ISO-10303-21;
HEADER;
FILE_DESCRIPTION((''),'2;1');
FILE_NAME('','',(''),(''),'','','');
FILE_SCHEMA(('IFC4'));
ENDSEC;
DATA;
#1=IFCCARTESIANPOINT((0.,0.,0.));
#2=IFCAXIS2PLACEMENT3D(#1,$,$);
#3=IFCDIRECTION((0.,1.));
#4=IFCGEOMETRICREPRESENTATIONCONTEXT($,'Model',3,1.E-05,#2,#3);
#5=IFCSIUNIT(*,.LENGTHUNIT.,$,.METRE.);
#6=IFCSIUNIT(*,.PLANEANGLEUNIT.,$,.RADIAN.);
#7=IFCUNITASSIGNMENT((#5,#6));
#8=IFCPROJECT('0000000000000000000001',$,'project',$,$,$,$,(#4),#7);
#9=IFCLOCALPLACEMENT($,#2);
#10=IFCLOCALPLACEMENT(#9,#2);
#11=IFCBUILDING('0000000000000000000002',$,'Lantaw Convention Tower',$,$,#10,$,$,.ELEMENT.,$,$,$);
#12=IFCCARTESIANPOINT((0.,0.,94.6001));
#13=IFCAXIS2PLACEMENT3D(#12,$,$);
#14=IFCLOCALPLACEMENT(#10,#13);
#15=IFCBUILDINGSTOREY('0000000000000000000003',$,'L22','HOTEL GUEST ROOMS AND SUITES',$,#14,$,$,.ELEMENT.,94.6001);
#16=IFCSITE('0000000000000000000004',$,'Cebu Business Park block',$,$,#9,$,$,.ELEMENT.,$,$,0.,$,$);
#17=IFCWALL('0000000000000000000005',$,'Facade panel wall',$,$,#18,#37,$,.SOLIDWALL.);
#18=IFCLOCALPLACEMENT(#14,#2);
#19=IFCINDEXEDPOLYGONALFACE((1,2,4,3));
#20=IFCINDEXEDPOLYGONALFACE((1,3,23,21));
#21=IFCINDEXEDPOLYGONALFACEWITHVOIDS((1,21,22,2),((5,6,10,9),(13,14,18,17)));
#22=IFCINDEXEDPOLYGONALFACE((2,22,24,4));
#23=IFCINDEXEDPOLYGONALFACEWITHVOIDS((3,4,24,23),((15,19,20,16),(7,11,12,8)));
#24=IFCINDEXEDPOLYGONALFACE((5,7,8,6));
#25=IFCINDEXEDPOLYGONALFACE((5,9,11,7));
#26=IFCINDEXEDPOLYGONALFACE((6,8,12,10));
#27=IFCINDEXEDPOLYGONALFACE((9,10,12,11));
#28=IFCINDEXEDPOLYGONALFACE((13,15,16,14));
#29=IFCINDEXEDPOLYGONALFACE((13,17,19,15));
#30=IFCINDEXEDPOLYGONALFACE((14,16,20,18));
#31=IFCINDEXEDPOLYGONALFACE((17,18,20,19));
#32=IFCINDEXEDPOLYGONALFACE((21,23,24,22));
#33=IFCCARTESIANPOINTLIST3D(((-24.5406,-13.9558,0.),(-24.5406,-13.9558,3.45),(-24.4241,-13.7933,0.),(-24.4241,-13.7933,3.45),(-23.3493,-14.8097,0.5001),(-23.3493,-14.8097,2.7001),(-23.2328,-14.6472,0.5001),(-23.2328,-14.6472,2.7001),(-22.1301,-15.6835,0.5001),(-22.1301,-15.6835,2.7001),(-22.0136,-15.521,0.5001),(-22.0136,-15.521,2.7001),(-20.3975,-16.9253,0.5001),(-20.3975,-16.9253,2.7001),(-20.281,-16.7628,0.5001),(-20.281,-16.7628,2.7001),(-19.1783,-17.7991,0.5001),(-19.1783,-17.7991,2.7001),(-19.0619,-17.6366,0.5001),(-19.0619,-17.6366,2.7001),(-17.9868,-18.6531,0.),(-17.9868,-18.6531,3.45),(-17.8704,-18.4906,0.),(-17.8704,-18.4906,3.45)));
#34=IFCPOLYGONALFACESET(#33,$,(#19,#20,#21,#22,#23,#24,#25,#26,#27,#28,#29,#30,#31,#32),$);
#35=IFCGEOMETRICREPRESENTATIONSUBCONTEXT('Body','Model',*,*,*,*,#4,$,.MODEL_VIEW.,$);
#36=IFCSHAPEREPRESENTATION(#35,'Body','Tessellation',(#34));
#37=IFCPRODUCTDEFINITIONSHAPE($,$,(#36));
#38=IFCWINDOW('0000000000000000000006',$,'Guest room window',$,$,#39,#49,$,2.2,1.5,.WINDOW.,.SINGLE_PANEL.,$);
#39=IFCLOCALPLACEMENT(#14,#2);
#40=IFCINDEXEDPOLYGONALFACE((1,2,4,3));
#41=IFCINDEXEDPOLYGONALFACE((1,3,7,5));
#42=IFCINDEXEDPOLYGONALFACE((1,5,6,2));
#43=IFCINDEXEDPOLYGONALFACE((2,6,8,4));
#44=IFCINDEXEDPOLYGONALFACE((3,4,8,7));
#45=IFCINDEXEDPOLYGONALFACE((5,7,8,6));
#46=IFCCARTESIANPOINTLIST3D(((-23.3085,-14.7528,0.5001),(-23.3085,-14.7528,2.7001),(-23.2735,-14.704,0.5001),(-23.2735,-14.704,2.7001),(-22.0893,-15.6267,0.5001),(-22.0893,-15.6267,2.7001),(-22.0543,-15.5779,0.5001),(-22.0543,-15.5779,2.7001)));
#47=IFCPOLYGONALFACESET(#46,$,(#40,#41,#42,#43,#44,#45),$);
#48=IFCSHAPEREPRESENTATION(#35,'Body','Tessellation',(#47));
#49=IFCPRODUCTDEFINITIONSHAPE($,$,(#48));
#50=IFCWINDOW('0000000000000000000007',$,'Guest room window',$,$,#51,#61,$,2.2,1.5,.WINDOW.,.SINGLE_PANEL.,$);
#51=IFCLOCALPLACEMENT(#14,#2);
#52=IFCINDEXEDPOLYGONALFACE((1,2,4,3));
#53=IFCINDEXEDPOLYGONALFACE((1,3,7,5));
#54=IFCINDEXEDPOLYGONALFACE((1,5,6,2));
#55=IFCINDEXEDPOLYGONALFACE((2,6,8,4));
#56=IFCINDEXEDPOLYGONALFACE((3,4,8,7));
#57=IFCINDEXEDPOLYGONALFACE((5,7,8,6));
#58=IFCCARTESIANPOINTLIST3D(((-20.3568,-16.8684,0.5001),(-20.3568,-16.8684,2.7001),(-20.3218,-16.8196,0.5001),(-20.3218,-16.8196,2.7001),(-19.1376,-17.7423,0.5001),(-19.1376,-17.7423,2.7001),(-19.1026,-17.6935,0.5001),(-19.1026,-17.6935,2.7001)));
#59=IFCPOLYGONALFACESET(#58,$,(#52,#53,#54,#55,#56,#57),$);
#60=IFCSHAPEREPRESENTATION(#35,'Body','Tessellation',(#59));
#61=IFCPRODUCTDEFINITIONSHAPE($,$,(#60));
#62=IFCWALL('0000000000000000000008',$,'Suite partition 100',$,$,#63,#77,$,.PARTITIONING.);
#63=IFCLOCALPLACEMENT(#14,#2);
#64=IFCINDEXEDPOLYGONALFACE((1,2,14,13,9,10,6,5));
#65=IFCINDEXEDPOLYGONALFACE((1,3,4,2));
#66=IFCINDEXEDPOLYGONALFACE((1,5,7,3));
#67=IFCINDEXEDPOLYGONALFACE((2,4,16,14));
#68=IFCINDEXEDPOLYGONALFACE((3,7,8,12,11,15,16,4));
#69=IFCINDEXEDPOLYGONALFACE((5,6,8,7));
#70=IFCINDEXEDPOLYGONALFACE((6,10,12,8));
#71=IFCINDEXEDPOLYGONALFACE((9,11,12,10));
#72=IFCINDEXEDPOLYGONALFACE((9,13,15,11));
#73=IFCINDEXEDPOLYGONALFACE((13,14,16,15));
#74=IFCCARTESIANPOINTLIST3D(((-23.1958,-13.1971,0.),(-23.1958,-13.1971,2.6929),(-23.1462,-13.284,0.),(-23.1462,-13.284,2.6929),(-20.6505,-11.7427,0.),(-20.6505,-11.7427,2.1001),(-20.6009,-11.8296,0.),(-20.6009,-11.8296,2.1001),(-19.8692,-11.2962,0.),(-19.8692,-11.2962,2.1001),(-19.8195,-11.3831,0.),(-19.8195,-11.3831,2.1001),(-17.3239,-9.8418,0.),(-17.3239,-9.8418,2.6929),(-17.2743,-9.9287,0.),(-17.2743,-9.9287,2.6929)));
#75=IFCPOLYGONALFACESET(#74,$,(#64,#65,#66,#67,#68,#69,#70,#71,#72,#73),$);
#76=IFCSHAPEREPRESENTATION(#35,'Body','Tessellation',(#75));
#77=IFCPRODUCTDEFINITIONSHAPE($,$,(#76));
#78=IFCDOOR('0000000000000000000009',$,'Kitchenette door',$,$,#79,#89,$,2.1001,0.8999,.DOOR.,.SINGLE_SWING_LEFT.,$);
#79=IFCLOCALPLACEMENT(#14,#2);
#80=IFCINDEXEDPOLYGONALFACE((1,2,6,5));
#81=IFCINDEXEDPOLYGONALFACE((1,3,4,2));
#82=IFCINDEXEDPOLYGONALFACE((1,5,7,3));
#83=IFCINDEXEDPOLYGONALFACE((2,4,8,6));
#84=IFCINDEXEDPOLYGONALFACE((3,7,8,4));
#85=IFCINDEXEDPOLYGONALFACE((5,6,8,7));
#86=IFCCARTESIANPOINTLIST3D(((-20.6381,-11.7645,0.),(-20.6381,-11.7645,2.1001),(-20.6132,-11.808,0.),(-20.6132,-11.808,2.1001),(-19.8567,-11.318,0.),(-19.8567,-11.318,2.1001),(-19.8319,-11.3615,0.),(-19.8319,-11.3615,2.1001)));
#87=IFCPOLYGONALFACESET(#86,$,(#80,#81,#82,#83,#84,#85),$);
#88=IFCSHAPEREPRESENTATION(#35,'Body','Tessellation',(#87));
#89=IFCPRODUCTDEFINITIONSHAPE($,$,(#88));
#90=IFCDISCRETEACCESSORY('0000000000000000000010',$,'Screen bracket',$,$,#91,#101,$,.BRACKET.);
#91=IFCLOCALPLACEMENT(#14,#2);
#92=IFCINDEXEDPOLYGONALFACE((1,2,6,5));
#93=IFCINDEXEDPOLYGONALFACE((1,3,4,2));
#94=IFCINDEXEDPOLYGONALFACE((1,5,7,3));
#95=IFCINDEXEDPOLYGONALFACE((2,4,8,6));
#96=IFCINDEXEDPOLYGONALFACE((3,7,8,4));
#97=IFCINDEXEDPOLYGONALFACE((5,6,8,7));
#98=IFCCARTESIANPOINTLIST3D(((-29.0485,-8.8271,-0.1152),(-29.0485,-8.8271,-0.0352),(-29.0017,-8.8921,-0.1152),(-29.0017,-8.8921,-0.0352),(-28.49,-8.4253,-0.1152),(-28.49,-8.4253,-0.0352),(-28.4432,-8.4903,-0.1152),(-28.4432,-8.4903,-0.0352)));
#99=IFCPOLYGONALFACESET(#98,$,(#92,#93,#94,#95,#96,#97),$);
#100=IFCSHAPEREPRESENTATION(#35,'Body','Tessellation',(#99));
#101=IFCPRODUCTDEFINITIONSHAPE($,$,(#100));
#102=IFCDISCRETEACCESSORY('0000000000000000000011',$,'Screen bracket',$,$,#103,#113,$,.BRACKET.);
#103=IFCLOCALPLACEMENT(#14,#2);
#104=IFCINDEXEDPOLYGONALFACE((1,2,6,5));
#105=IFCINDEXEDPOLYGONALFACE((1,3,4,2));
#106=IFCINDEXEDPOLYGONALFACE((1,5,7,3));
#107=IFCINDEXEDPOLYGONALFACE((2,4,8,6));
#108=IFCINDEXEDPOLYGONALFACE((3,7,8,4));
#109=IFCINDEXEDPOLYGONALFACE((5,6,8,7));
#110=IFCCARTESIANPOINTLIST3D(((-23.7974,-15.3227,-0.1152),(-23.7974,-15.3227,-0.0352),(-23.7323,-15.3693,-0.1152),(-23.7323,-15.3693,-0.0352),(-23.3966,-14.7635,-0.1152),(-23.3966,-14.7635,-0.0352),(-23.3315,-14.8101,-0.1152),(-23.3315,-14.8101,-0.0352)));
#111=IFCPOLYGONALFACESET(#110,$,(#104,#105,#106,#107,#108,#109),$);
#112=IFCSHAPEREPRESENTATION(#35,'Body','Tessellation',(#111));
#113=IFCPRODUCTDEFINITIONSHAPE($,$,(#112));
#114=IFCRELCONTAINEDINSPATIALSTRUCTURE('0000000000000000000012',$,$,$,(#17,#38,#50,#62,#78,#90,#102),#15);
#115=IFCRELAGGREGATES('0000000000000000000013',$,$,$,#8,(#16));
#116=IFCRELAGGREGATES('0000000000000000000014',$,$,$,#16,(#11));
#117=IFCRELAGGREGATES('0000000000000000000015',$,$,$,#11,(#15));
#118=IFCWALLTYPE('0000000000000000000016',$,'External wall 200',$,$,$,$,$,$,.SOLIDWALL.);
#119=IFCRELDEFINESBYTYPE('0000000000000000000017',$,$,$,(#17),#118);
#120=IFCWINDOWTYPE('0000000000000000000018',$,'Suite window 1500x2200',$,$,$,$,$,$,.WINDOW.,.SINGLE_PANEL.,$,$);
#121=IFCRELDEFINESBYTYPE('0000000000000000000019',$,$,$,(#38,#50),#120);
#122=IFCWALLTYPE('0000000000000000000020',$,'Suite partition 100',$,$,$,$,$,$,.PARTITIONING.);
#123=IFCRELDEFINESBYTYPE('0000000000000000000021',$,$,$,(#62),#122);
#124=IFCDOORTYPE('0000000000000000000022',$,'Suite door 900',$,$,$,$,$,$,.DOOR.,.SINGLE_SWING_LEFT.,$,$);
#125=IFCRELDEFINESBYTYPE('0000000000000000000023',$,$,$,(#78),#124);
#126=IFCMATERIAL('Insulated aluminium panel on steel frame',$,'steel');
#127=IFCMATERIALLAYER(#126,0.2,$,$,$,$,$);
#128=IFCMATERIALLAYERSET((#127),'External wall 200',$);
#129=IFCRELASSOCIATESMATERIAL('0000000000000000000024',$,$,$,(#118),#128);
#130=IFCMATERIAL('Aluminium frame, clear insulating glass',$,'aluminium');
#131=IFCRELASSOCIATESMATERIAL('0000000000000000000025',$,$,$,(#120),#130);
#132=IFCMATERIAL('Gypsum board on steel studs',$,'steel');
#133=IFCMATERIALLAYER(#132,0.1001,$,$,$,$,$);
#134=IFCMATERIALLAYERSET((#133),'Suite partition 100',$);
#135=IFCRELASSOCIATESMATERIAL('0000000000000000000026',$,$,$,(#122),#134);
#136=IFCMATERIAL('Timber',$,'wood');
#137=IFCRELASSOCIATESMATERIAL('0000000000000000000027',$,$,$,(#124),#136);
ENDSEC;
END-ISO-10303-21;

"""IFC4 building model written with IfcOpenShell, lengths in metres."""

from ifc_helpers import new_model, si_unit, direction, frame, frame_2d, origin, origin_2d, place, context, subcontext, project, spatial, rectangle, extrude, material, layer, layer_set, type_object, element, fill, save


model = new_model("IFC4")

# Units and contexts
model_context = context("Model", 3, precision=1e-05, world=origin(), true_north=direction((0.0, 1.0)))
body_context = subcontext(model_context, "Body", "Model", "MODEL_VIEW")
ifc_project = project(units=[si_unit("LENGTHUNIT", "METRE"), si_unit("PLANEANGLEUNIT", "RADIAN")], contexts=[model_context])

# Site, building, storey
site_placement = place(None, origin())
site = spatial("IfcSite", under=ifc_project, at=site_placement, Name="Cebu Business Park block", CompositionType="ELEMENT", RefElevation=0.0)
building_placement = place(site_placement, origin())
building = spatial("IfcBuilding", under=site, at=building_placement, Name="Lantaw Convention Tower", CompositionType="ELEMENT")
storey_placement = place(building_placement, frame((0.0, 0.0, 94.6001)))
storey = spatial("IfcBuildingStorey", under=building, at=storey_placement, Name="L22", Description="HOTEL GUEST ROOMS AND SUITES", CompositionType="ELEMENT", Elevation=94.6001)

# Wall, openings, windows
ifc_material_1 = material(Name="Insulated aluminium panel on steel frame", Category="steel")
ifc_layer_1 = layer(ifc_material_1, 0.2)
ifc_layer_set_1 = layer_set([ifc_layer_1], Name="External wall 200")
wall_type_1 = type_object("IfcWallType", Name="External wall 200", PredefinedType="SOLIDWALL", material=ifc_layer_set_1)
ifc_material_2 = material(Name="Aluminium frame, clear insulating glass", Category="aluminium")
window_type = type_object("IfcWindowType", Name="Suite window 1500x2200", PartitioningType="SINGLE_PANEL", PredefinedType="WINDOW", material=ifc_material_2)
wall_1_placement = place(storey_placement, frame((-24.4824, -13.8745, 0.0), z_axis=(0.0, 0.0, 1.0), x_axis=(0.812791, -0.582555, 0.0)))
wall_1 = element("IfcWall", 1, at=wall_1_placement, inside=storey, type_object=wall_type_1, Name="Facade panel wall", PredefinedType="SOLIDWALL", context=body_context, shape_type="SweptSolid", body=[
    extrude(rectangle(XDim=8.0632, YDim=0.2, at=frame_2d((4.0317, 0.0))), origin(), (0.0, 0.0, 1.0), 3.45),
])
opening_1_placement = place(wall_1_placement, frame((1.4658, 0.0, 0.5)))
opening_1 = element("IfcOpeningElement", 2, at=opening_1_placement, cuts=wall_1, PredefinedType="OPENING", context=body_context, shape_type="SweptSolid", body=[
    extrude(rectangle(XDim=1.5, YDim=2.2, at=frame_2d((0.75, 1.1001))), frame((0.0, 0.1099, 0.0), z_axis=(0.0, -1.0, 0.0), x_axis=(1.0, 0.0, 0.0)), (0.0, 0.0, 1.0), 0.22),
])
opening_2_placement = place(wall_1_placement, frame((5.0974, 0.0, 0.5)))
opening_2 = element("IfcOpeningElement", 3, at=opening_2_placement, cuts=wall_1, PredefinedType="OPENING", context=body_context, shape_type="SweptSolid", body=[
    extrude(rectangle(XDim=1.5, YDim=2.2, at=frame_2d((0.75, 1.1001))), frame((0.0, 0.1099, 0.0), z_axis=(0.0, -1.0, 0.0), x_axis=(1.0, 0.0, 0.0)), (0.0, 0.0, 1.0), 0.22),
])
window_1_placement = place(opening_1_placement, origin())
window_1 = element("IfcWindow", 4, at=window_1_placement, inside=storey, type_object=window_type, Name="Guest room window", OverallHeight=2.2, OverallWidth=1.5, PartitioningType="SINGLE_PANEL", PredefinedType="WINDOW", context=body_context, shape_type="SweptSolid", body=[
    extrude(rectangle(XDim=1.5, YDim=2.2, at=frame_2d((0.75, 1.1001))), frame((0.0, 0.03, 0.0), z_axis=(0.0, -1.0, 0.0), x_axis=(1.0, 0.0, 0.0)), (0.0, 0.0, 1.0), 0.0601),
])
fill(opening_1, window_1)
window_2_placement = place(opening_2_placement, origin())
window_2 = element("IfcWindow", 5, at=window_2_placement, inside=storey, type_object=window_type, Name="Guest room window", OverallHeight=2.2, OverallWidth=1.5, PartitioningType="SINGLE_PANEL", PredefinedType="WINDOW", context=body_context, shape_type="SweptSolid", body=[
    extrude(rectangle(XDim=1.5, YDim=2.2, at=frame_2d((0.75, 1.1001))), frame((0.0, 0.03, 0.0), z_axis=(0.0, -1.0, 0.0), x_axis=(1.0, 0.0, 0.0)), (0.0, 0.0, 1.0), 0.0601),
])
fill(opening_2, window_2)

# Wall, opening, door
ifc_material_3 = material(Name="Gypsum board on steel studs", Category="steel")
ifc_layer_2 = layer(ifc_material_3, 0.1001)
ifc_layer_set_2 = layer_set([ifc_layer_2], Name="Suite partition 100")
wall_type_2 = type_object("IfcWallType", Name="Suite partition 100", PredefinedType="PARTITIONING", material=ifc_layer_set_2)
wall_2_placement = place(storey_placement, frame((-23.1709, -13.2405, 0.0), z_axis=(0.0, 0.0, 1.0), x_axis=(0.86825, 0.496127, 0.0)))
wall_2 = element("IfcWall", 6, at=wall_2_placement, inside=storey, type_object=wall_type_2, Name="Suite partition 100", PredefinedType="PARTITIONING", context=body_context, shape_type="SweptSolid", body=[
    extrude(rectangle(XDim=6.7629, YDim=0.1001, at=frame_2d((3.3813, 0.0))), origin(), (0.0, 0.0, 1.0), 2.6929),
])
opening_3_placement = place(wall_2_placement, frame((2.9314, 0.0, 0.0)))
opening_3 = element("IfcOpeningElement", 7, at=opening_3_placement, cuts=wall_2, PredefinedType="OPENING", context=body_context, shape_type="SweptSolid", body=[
    extrude(rectangle(XDim=0.8999, YDim=2.1001, at=frame_2d((0.45, 1.05))), frame((0.0, 0.0601, 0.0), z_axis=(0.0, -1.0, 0.0), x_axis=(1.0, 0.0, 0.0)), (0.0, 0.0, 1.0), 0.1201),
])
ifc_material_4 = material(Name="Timber", Category="wood")
door_type = type_object("IfcDoorType", Name="Suite door 900", OperationType="SINGLE_SWING_LEFT", PredefinedType="DOOR", material=ifc_material_4)
door_placement = place(opening_3_placement, origin())
door = element("IfcDoor", 8, at=door_placement, inside=storey, type_object=door_type, Name="Kitchenette door", OperationType="SINGLE_SWING_LEFT", OverallHeight=2.1001, OverallWidth=0.8999, PredefinedType="DOOR", context=body_context, shape_type="SweptSolid", body=[
    extrude(rectangle(XDim=0.8999, YDim=2.1001, at=frame_2d((0.45, 1.05))), frame((0.0, 0.0249, 0.0), z_axis=(0.0, -1.0, 0.0), x_axis=(1.0, 0.0, 0.0)), (0.0, 0.0, 1.0), 0.05),
])
fill(opening_3, door)

# Discrete accessories
for number, where, z_axis, x_axis, name in (
    (9, (-28.7458, -8.6587, -0.1152), (0.0, 0.0, 1.0), (0.583951, -0.811789, 0.0), "Screen bracket"),
    (10, (-23.5645, -15.0664, -0.1152), (0.0, 0.0, 1.0), (0.812804, -0.582538, 0.0), "Screen bracket"),
):
    element("IfcDiscreteAccessory", number, at=place(storey_placement, frame(where, z_axis=z_axis, x_axis=x_axis)), inside=storey, Name=name, PredefinedType="BRACKET", context=body_context, shape_type="SweptSolid", body=[
        extrude(rectangle(XDim=0.0801, YDim=0.688, at=origin_2d()), origin(), (0.0, 0.0, 1.0), 0.0801),
    ])

save(model, "model.ifc")
